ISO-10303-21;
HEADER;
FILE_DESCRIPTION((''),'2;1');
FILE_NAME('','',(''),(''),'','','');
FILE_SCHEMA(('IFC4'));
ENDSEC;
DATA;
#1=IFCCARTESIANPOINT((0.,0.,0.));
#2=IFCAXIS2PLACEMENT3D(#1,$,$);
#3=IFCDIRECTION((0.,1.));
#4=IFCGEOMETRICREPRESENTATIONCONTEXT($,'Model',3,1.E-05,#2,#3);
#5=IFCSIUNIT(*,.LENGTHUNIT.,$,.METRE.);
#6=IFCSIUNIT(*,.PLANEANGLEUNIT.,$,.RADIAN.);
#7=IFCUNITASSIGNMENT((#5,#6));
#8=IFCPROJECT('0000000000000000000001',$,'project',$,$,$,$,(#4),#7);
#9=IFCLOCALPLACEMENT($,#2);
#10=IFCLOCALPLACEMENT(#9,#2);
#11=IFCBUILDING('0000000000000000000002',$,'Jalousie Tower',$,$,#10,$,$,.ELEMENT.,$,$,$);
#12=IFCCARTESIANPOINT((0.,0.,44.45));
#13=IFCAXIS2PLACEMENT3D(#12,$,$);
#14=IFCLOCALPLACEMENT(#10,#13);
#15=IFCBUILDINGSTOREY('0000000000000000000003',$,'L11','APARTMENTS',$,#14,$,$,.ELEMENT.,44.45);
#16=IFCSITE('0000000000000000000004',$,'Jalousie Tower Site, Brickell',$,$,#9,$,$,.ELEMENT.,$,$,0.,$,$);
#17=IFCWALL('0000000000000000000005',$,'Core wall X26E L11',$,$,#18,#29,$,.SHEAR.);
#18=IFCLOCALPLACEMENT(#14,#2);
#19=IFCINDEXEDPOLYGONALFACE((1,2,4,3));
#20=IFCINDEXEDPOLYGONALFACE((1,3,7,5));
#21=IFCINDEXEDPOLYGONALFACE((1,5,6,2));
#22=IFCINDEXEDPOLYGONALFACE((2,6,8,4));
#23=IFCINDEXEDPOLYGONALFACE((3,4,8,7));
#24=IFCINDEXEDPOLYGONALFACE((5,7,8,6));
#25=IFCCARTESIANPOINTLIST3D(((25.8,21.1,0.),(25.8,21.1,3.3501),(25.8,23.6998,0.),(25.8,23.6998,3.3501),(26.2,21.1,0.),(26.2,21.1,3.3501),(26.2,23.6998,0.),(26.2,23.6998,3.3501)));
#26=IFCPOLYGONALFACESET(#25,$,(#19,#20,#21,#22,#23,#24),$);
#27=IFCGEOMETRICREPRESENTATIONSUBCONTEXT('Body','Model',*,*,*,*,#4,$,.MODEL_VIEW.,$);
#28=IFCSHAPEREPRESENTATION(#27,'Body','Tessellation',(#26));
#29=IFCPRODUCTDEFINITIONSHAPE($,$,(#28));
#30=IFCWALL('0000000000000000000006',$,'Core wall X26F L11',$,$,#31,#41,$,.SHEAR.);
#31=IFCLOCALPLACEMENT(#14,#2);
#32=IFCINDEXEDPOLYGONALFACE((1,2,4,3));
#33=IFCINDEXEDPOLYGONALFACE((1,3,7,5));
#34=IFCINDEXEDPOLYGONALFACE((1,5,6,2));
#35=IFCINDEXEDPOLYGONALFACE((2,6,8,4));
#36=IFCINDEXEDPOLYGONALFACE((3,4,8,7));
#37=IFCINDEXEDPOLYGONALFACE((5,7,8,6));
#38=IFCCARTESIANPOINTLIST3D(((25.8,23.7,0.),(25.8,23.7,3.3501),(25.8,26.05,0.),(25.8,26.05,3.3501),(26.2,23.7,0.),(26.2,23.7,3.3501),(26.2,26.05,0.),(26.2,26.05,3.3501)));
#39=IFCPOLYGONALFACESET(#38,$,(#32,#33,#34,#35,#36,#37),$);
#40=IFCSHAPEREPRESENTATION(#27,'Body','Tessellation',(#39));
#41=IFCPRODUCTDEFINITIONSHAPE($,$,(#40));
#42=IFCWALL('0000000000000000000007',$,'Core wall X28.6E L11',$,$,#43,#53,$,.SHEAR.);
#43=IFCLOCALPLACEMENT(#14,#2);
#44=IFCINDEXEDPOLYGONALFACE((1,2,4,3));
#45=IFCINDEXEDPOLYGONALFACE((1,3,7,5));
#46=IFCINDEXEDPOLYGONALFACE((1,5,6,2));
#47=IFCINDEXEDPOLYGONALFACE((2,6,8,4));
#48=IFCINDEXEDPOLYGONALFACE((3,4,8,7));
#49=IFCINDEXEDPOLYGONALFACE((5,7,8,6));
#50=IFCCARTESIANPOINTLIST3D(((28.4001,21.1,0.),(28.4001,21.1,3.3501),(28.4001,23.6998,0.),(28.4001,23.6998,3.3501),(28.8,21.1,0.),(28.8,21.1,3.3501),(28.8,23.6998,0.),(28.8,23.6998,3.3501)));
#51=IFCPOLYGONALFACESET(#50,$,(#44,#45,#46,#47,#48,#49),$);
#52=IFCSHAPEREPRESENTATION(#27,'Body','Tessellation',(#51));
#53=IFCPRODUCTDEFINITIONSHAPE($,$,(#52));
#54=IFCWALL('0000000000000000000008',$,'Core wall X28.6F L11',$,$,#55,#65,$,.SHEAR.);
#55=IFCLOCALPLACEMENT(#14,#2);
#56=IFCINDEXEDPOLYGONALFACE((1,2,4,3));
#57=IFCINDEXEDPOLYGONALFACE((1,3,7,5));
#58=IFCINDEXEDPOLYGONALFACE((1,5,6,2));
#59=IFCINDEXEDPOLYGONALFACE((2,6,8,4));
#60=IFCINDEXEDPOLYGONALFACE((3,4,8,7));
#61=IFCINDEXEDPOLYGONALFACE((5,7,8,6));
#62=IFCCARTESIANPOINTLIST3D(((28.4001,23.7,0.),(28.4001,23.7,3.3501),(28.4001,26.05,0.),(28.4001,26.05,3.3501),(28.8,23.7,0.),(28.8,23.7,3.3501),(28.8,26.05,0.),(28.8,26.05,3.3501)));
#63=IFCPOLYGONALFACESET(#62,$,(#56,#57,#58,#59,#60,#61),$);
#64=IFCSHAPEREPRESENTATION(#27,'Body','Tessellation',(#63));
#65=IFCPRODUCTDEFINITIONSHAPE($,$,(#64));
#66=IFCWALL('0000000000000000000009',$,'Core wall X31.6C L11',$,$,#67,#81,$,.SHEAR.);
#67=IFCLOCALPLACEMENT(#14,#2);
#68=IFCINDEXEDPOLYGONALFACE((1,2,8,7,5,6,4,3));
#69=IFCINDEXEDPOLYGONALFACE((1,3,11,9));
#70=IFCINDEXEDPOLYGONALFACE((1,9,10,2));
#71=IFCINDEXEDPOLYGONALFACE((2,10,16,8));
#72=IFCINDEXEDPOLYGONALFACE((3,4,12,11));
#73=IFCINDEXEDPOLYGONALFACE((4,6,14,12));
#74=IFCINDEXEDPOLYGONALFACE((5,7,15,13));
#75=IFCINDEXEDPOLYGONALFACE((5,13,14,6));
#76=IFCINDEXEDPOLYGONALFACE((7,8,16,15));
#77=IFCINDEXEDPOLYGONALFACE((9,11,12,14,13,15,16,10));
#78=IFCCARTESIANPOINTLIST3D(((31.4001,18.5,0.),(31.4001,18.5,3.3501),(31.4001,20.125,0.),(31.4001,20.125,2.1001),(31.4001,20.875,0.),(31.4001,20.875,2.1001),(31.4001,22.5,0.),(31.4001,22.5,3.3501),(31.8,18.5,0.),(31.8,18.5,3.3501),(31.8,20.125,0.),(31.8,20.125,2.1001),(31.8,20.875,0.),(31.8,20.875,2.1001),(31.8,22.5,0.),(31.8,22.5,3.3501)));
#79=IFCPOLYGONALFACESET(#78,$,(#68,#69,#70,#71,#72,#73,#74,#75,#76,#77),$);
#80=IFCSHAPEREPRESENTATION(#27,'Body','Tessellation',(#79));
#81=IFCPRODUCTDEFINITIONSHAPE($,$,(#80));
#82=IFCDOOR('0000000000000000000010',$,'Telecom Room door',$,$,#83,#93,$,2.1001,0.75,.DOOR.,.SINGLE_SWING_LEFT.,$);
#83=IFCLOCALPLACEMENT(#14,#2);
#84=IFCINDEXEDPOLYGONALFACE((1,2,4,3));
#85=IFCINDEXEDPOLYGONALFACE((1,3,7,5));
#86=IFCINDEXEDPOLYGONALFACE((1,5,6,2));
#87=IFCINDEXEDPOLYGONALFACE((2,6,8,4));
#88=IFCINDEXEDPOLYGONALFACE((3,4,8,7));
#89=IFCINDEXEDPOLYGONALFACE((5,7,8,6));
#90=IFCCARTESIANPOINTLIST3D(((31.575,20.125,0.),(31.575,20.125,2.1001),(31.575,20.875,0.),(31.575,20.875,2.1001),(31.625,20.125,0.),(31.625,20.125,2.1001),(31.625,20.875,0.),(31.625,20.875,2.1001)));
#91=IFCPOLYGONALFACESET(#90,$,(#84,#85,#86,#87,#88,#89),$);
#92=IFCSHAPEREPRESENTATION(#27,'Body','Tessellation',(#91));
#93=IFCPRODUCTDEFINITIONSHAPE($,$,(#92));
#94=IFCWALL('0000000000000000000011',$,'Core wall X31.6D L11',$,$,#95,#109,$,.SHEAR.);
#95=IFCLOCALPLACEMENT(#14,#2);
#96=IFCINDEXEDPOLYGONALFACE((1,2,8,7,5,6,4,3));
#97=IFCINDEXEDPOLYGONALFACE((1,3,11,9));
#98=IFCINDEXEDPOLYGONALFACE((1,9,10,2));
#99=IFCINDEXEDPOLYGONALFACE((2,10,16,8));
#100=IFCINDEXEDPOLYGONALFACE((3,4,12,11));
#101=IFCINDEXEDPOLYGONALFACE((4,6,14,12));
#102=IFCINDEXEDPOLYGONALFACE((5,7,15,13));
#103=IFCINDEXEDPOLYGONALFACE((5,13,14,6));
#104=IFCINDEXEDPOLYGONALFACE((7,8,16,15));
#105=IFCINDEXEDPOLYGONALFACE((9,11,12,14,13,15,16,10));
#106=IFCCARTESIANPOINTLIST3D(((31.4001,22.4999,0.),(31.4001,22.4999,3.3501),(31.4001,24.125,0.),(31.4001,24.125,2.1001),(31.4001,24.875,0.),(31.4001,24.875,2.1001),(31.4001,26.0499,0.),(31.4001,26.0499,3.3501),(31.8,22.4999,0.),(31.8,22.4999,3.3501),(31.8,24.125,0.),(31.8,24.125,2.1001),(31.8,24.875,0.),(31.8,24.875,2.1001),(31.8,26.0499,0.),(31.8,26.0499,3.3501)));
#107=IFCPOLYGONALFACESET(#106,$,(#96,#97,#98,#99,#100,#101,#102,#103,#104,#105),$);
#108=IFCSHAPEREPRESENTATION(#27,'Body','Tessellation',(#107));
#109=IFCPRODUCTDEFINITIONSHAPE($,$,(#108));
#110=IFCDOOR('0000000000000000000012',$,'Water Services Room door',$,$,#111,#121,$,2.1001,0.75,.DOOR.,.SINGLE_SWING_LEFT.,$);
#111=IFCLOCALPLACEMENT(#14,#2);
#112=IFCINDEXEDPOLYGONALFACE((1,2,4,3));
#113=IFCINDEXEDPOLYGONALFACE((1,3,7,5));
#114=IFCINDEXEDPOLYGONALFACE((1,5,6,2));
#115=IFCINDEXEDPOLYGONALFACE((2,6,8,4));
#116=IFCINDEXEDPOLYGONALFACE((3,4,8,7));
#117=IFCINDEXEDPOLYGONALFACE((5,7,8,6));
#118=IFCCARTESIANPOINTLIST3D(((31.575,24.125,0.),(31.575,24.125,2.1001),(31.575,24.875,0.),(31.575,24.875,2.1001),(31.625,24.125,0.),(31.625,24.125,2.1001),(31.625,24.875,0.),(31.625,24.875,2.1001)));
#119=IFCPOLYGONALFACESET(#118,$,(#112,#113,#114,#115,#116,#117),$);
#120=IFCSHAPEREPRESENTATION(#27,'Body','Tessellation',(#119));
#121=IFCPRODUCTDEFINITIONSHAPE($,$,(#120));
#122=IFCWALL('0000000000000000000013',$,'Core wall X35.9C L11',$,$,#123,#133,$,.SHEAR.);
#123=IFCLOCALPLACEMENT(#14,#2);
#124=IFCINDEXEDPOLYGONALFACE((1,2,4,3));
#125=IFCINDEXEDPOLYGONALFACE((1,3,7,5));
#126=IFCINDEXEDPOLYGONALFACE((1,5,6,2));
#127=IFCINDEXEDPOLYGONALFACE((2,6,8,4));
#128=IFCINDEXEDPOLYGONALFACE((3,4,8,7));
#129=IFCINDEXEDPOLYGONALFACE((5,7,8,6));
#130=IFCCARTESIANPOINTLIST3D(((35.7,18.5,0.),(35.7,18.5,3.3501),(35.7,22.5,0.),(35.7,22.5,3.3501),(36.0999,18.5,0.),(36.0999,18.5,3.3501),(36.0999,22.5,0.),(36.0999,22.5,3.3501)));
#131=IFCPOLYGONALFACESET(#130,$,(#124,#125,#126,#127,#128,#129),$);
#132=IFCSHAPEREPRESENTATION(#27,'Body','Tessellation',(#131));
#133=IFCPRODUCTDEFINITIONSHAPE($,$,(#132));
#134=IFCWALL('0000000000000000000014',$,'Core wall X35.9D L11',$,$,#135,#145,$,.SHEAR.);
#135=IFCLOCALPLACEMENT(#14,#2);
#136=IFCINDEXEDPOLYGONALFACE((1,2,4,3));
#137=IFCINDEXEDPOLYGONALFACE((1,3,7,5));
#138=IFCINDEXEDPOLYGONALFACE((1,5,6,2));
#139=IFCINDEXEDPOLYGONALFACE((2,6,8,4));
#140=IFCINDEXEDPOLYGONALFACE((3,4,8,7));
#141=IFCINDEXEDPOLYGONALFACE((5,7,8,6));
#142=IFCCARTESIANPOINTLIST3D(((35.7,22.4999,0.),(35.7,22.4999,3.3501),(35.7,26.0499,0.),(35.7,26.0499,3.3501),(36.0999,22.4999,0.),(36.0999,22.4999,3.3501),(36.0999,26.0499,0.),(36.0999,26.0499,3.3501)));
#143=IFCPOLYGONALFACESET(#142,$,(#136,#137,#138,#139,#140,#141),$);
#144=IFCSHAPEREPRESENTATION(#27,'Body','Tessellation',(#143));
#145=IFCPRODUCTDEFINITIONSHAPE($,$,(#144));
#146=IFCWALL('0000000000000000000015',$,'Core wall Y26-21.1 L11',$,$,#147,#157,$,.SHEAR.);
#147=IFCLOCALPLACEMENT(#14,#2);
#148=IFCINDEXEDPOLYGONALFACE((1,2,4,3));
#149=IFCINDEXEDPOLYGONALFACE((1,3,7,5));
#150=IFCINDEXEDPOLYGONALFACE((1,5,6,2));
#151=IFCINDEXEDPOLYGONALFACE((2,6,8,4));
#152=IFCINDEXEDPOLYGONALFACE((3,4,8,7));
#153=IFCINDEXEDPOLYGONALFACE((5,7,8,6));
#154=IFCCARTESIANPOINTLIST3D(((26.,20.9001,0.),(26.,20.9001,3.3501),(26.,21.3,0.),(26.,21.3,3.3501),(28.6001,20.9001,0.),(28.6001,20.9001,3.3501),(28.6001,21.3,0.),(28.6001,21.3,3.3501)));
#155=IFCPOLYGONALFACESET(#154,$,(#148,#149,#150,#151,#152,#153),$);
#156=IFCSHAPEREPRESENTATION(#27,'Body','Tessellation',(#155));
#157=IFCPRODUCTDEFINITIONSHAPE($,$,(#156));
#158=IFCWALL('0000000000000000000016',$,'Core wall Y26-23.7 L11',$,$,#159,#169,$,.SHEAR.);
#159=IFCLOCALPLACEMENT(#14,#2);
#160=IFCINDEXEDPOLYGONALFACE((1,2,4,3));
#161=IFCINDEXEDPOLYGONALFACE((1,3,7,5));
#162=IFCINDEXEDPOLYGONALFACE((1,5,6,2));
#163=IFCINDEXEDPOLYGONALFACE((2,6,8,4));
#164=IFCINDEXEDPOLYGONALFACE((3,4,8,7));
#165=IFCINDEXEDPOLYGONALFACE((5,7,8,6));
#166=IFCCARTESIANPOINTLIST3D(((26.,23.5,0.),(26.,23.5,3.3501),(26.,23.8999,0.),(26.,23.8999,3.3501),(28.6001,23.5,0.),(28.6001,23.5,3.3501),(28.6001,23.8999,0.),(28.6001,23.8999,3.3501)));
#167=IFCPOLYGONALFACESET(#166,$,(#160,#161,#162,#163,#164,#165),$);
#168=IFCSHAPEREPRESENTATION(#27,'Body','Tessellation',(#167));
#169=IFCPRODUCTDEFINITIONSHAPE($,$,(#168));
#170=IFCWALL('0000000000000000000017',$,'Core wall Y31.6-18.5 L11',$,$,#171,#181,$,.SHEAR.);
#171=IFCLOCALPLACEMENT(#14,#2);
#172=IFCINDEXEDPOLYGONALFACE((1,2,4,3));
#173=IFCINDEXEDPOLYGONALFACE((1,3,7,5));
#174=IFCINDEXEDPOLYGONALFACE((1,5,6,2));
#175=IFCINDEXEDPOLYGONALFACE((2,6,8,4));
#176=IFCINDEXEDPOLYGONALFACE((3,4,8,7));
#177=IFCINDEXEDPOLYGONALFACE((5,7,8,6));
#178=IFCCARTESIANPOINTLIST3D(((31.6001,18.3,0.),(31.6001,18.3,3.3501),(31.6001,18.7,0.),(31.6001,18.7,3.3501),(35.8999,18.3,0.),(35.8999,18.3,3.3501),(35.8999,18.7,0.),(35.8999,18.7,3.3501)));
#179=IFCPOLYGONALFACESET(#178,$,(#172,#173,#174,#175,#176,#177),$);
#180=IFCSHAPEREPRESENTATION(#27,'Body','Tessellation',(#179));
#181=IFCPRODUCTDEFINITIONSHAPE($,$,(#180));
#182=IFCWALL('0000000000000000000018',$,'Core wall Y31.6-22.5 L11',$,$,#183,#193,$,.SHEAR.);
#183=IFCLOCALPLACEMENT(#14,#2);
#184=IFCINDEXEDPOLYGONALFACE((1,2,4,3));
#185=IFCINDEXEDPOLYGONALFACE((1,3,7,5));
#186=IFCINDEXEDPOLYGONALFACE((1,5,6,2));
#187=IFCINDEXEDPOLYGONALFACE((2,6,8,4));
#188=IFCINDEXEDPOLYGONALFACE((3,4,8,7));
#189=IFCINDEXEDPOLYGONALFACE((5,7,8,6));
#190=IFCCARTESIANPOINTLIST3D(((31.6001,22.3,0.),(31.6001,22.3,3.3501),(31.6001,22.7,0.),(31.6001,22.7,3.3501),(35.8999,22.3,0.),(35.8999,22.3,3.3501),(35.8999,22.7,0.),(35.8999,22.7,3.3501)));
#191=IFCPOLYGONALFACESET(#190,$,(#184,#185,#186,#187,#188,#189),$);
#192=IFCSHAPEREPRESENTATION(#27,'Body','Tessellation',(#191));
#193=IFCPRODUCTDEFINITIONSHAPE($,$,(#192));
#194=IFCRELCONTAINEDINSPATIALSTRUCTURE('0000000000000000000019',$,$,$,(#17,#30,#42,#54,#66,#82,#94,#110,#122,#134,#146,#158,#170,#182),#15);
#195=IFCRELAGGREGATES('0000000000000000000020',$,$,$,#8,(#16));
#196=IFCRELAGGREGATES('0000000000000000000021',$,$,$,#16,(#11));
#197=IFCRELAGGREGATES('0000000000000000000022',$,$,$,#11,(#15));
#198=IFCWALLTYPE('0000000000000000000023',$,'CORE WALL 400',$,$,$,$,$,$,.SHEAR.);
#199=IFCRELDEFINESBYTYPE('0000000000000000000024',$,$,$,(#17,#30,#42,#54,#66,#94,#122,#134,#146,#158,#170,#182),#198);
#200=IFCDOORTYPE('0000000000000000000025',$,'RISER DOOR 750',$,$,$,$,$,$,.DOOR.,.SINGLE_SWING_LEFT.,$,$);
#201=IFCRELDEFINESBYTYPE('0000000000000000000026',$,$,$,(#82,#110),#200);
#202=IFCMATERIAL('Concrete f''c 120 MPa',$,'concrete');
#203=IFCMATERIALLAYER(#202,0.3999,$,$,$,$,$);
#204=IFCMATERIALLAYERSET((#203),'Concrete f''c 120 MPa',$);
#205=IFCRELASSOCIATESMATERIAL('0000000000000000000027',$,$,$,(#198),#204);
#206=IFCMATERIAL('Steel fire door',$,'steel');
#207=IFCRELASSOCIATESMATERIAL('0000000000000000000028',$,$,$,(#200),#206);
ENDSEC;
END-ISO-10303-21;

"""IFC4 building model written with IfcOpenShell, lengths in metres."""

from ifc_helpers import new_model, si_unit, direction, frame, frame_2d, origin, place, context, subcontext, project, spatial, rectangle, extrude, material, layer, layer_set, type_object, element, fill, save


model = new_model("IFC4")

# Units and contexts
model_context = context("Model", 3, precision=1e-05, world=origin(), true_north=direction((0.0, 1.0)))
body_context = subcontext(model_context, "Body", "Model", "MODEL_VIEW")
ifc_project = project(units=[si_unit("LENGTHUNIT", "METRE"), si_unit("PLANEANGLEUNIT", "RADIAN")], contexts=[model_context])

# Site, building, storey
site_placement = place(None, origin())
site = spatial("IfcSite", under=ifc_project, at=site_placement, Name="Jalousie Tower Site, Brickell", CompositionType="ELEMENT", RefElevation=0.0)
building_placement = place(site_placement, origin())
building = spatial("IfcBuilding", under=site, at=building_placement, Name="Jalousie Tower", CompositionType="ELEMENT")
storey_placement = place(building_placement, frame((0.0, 0.0, 44.45)))
storey = spatial("IfcBuildingStorey", under=building, at=storey_placement, Name="L11", Description="APARTMENTS", CompositionType="ELEMENT", Elevation=44.45)

# Walls
ifc_material_1 = material(Name="Concrete f'c 120 MPa", Category="concrete")
ifc_layer = layer(ifc_material_1, 0.3999)
ifc_layer_set = layer_set([ifc_layer], Name="Concrete f'c 120 MPa")
wall_type = type_object("IfcWallType", Name="CORE WALL 400", PredefinedType="SHEAR", material=ifc_layer_set)
wall_1_placement = place(storey_placement, frame((26.0, 21.1001, 0.0), z_axis=(0.0, 0.0, 1.0), x_axis=(0.0, 1.0, 0.0)))
element("IfcWall", 1, at=wall_1_placement, inside=storey, type_object=wall_type, Name="Core wall X26E L11", PredefinedType="SHEAR", context=body_context, shape_type="SweptSolid", body=[
    extrude(rectangle(XDim=2.5999, YDim=0.3999, at=frame_2d((1.2998, 0.0))), origin(), (0.0, 0.0, 1.0), 3.3501),
])
wall_2_placement = place(storey_placement, frame((26.0, 23.7, 0.0), z_axis=(0.0, 0.0, 1.0), x_axis=(0.0, 1.0, 0.0)))
element("IfcWall", 2, at=wall_2_placement, inside=storey, type_object=wall_type, Name="Core wall X26F L11", PredefinedType="SHEAR", context=body_context, shape_type="SweptSolid", body=[
    extrude(rectangle(XDim=2.3501, YDim=0.3999, at=frame_2d((1.175, 0.0))), origin(), (0.0, 0.0, 1.0), 3.3501),
])
wall_3_placement = place(storey_placement, frame((28.6001, 21.1001, 0.0), z_axis=(0.0, 0.0, 1.0), x_axis=(0.0, 1.0, 0.0)))
element("IfcWall", 3, at=wall_3_placement, inside=storey, type_object=wall_type, Name="Core wall X28.6E L11", PredefinedType="SHEAR", context=body_context, shape_type="SweptSolid", body=[
    extrude(rectangle(XDim=2.5999, YDim=0.3999, at=frame_2d((1.2998, 0.0))), origin(), (0.0, 0.0, 1.0), 3.3501),
])
wall_4_placement = place(storey_placement, frame((28.6001, 23.7, 0.0), z_axis=(0.0, 0.0, 1.0), x_axis=(0.0, 1.0, 0.0)))
element("IfcWall", 4, at=wall_4_placement, inside=storey, type_object=wall_type, Name="Core wall X28.6F L11", PredefinedType="SHEAR", context=body_context, shape_type="SweptSolid", body=[
    extrude(rectangle(XDim=2.3501, YDim=0.3999, at=frame_2d((1.175, 0.0))), origin(), (0.0, 0.0, 1.0), 3.3501),
])

# Walls, openings, doors
wall_5_placement = place(storey_placement, frame((31.6001, 18.5, 0.0), z_axis=(0.0, 0.0, 1.0), x_axis=(0.0, 1.0, 0.0)))
wall_5 = element("IfcWall", 5, at=wall_5_placement, inside=storey, type_object=wall_type, Name="Core wall X31.6C L11", PredefinedType="SHEAR", context=body_context, shape_type="SweptSolid", body=[
    extrude(rectangle(XDim=4.0, YDim=0.3999, at=frame_2d((2.0, 0.0))), origin(), (0.0, 0.0, 1.0), 3.3501),
])
opening_1_placement = place(wall_5_placement, frame((1.625, 0.0, 0.0)))
opening_1 = element("IfcOpeningElement", 6, at=opening_1_placement, cuts=wall_5, PredefinedType="OPENING", context=body_context, shape_type="SweptSolid", body=[
    extrude(rectangle(XDim=0.75, YDim=2.1001, at=frame_2d((0.375, 1.05))), frame((0.0, 0.21, 0.0), z_axis=(0.0, -1.0, 0.0), x_axis=(1.0, 0.0, 0.0)), (0.0, 0.0, 1.0), 0.4199),
])
ifc_material_2 = material(Name="Steel fire door", Category="steel")
door_type = type_object("IfcDoorType", Name="RISER DOOR 750", OperationType="SINGLE_SWING_LEFT", PredefinedType="DOOR", material=ifc_material_2)
door_1_placement = place(opening_1_placement, frame((0.75, 0.0, 0.0), z_axis=(0.0, 0.0, 1.0), x_axis=(-1.0, 0.0, 0.0)))
door_1 = element("IfcDoor", 7, at=door_1_placement, inside=storey, type_object=door_type, Name="Telecom Room door", OperationType="SINGLE_SWING_LEFT", OverallHeight=2.1001, OverallWidth=0.75, PredefinedType="DOOR", context=body_context, shape_type="SweptSolid", body=[
    extrude(rectangle(XDim=0.75, YDim=2.1001, at=frame_2d((0.375, 1.05))), frame((0.0, 0.0249, 0.0), z_axis=(0.0, -1.0, 0.0), x_axis=(1.0, 0.0, 0.0)), (0.0, 0.0, 1.0), 0.05),
])
fill(opening_1, door_1)
wall_6_placement = place(storey_placement, frame((31.6001, 22.5, 0.0), z_axis=(0.0, 0.0, 1.0), x_axis=(0.0, 1.0, 0.0)))
wall_6 = element("IfcWall", 8, at=wall_6_placement, inside=storey, type_object=wall_type, Name="Core wall X31.6D L11", PredefinedType="SHEAR", context=body_context, shape_type="SweptSolid", body=[
    extrude(rectangle(XDim=3.55, YDim=0.3999, at=frame_2d((1.7749, 0.0))), origin(), (0.0, 0.0, 1.0), 3.3501),
])
opening_2_placement = place(wall_6_placement, frame((1.625, 0.0, 0.0)))
opening_2 = element("IfcOpeningElement", 9, at=opening_2_placement, cuts=wall_6, PredefinedType="OPENING", context=body_context, shape_type="SweptSolid", body=[
    extrude(rectangle(XDim=0.75, YDim=2.1001, at=frame_2d((0.375, 1.05))), frame((0.0, 0.21, 0.0), z_axis=(0.0, -1.0, 0.0), x_axis=(1.0, 0.0, 0.0)), (0.0, 0.0, 1.0), 0.4199),
])
door_2_placement = place(opening_2_placement, frame((0.75, 0.0, 0.0), z_axis=(0.0, 0.0, 1.0), x_axis=(-1.0, 0.0, 0.0)))
door_2 = element("IfcDoor", 10, at=door_2_placement, inside=storey, type_object=door_type, Name="Water Services Room door", OperationType="SINGLE_SWING_LEFT", OverallHeight=2.1001, OverallWidth=0.75, PredefinedType="DOOR", context=body_context, shape_type="SweptSolid", body=[
    extrude(rectangle(XDim=0.75, YDim=2.1001, at=frame_2d((0.375, 1.05))), frame((0.0, 0.0249, 0.0), z_axis=(0.0, -1.0, 0.0), x_axis=(1.0, 0.0, 0.0)), (0.0, 0.0, 1.0), 0.05),
])
fill(opening_2, door_2)

# Walls
wall_7_placement = place(storey_placement, frame((35.8999, 18.5, 0.0), z_axis=(0.0, 0.0, 1.0), x_axis=(0.0, 1.0, 0.0)))
element("IfcWall", 11, at=wall_7_placement, inside=storey, type_object=wall_type, Name="Core wall X35.9C L11", PredefinedType="SHEAR", context=body_context, shape_type="SweptSolid", body=[
    extrude(rectangle(XDim=4.0, YDim=0.3999, at=frame_2d((2.0, 0.0))), origin(), (0.0, 0.0, 1.0), 3.3501),
])
wall_8_placement = place(storey_placement, frame((35.8999, 22.5, 0.0), z_axis=(0.0, 0.0, 1.0), x_axis=(0.0, 1.0, 0.0)))
element("IfcWall", 12, at=wall_8_placement, inside=storey, type_object=wall_type, Name="Core wall X35.9D L11", PredefinedType="SHEAR", context=body_context, shape_type="SweptSolid", body=[
    extrude(rectangle(XDim=3.55, YDim=0.3999, at=frame_2d((1.7749, 0.0))), origin(), (0.0, 0.0, 1.0), 3.3501),
])
for number, where, z_axis, x_axis, name in (
    (13, (26.0, 21.1001, 0.0), (0.0, 0.0, 1.0), (1.0, 0.0, 0.0), "Core wall Y26-21.1 L11"),
    (14, (26.0, 23.7, 0.0), (0.0, 0.0, 1.0), (1.0, 0.0, 0.0), "Core wall Y26-23.7 L11"),
):
    element("IfcWall", number, at=place(storey_placement, frame(where, z_axis=z_axis, x_axis=x_axis)), inside=storey, type_object=wall_type, Name=name, PredefinedType="SHEAR", context=body_context, shape_type="SweptSolid", body=[
        extrude(rectangle(XDim=2.6001, YDim=0.3999, at=frame_2d((1.3, 0.0))), origin(), (0.0, 0.0, 1.0), 3.3501),
    ])
for number, where, z_axis, x_axis, name in (
    (15, (31.6001, 18.5, 0.0), (0.0, 0.0, 1.0), (1.0, 0.0, 0.0), "Core wall Y31.6-18.5 L11"),
    (16, (31.6001, 22.5, 0.0), (0.0, 0.0, 1.0), (1.0, 0.0, 0.0), "Core wall Y31.6-22.5 L11"),
):
    element("IfcWall", number, at=place(storey_placement, frame(where, z_axis=z_axis, x_axis=x_axis)), inside=storey, type_object=wall_type, Name=name, PredefinedType="SHEAR", context=body_context, shape_type="SweptSolid", body=[
        extrude(rectangle(XDim=4.2998, YDim=0.3999, at=frame_2d((2.1499, 0.0))), origin(), (0.0, 0.0, 1.0), 3.3501),
    ])

save(model, "model.ifc")
